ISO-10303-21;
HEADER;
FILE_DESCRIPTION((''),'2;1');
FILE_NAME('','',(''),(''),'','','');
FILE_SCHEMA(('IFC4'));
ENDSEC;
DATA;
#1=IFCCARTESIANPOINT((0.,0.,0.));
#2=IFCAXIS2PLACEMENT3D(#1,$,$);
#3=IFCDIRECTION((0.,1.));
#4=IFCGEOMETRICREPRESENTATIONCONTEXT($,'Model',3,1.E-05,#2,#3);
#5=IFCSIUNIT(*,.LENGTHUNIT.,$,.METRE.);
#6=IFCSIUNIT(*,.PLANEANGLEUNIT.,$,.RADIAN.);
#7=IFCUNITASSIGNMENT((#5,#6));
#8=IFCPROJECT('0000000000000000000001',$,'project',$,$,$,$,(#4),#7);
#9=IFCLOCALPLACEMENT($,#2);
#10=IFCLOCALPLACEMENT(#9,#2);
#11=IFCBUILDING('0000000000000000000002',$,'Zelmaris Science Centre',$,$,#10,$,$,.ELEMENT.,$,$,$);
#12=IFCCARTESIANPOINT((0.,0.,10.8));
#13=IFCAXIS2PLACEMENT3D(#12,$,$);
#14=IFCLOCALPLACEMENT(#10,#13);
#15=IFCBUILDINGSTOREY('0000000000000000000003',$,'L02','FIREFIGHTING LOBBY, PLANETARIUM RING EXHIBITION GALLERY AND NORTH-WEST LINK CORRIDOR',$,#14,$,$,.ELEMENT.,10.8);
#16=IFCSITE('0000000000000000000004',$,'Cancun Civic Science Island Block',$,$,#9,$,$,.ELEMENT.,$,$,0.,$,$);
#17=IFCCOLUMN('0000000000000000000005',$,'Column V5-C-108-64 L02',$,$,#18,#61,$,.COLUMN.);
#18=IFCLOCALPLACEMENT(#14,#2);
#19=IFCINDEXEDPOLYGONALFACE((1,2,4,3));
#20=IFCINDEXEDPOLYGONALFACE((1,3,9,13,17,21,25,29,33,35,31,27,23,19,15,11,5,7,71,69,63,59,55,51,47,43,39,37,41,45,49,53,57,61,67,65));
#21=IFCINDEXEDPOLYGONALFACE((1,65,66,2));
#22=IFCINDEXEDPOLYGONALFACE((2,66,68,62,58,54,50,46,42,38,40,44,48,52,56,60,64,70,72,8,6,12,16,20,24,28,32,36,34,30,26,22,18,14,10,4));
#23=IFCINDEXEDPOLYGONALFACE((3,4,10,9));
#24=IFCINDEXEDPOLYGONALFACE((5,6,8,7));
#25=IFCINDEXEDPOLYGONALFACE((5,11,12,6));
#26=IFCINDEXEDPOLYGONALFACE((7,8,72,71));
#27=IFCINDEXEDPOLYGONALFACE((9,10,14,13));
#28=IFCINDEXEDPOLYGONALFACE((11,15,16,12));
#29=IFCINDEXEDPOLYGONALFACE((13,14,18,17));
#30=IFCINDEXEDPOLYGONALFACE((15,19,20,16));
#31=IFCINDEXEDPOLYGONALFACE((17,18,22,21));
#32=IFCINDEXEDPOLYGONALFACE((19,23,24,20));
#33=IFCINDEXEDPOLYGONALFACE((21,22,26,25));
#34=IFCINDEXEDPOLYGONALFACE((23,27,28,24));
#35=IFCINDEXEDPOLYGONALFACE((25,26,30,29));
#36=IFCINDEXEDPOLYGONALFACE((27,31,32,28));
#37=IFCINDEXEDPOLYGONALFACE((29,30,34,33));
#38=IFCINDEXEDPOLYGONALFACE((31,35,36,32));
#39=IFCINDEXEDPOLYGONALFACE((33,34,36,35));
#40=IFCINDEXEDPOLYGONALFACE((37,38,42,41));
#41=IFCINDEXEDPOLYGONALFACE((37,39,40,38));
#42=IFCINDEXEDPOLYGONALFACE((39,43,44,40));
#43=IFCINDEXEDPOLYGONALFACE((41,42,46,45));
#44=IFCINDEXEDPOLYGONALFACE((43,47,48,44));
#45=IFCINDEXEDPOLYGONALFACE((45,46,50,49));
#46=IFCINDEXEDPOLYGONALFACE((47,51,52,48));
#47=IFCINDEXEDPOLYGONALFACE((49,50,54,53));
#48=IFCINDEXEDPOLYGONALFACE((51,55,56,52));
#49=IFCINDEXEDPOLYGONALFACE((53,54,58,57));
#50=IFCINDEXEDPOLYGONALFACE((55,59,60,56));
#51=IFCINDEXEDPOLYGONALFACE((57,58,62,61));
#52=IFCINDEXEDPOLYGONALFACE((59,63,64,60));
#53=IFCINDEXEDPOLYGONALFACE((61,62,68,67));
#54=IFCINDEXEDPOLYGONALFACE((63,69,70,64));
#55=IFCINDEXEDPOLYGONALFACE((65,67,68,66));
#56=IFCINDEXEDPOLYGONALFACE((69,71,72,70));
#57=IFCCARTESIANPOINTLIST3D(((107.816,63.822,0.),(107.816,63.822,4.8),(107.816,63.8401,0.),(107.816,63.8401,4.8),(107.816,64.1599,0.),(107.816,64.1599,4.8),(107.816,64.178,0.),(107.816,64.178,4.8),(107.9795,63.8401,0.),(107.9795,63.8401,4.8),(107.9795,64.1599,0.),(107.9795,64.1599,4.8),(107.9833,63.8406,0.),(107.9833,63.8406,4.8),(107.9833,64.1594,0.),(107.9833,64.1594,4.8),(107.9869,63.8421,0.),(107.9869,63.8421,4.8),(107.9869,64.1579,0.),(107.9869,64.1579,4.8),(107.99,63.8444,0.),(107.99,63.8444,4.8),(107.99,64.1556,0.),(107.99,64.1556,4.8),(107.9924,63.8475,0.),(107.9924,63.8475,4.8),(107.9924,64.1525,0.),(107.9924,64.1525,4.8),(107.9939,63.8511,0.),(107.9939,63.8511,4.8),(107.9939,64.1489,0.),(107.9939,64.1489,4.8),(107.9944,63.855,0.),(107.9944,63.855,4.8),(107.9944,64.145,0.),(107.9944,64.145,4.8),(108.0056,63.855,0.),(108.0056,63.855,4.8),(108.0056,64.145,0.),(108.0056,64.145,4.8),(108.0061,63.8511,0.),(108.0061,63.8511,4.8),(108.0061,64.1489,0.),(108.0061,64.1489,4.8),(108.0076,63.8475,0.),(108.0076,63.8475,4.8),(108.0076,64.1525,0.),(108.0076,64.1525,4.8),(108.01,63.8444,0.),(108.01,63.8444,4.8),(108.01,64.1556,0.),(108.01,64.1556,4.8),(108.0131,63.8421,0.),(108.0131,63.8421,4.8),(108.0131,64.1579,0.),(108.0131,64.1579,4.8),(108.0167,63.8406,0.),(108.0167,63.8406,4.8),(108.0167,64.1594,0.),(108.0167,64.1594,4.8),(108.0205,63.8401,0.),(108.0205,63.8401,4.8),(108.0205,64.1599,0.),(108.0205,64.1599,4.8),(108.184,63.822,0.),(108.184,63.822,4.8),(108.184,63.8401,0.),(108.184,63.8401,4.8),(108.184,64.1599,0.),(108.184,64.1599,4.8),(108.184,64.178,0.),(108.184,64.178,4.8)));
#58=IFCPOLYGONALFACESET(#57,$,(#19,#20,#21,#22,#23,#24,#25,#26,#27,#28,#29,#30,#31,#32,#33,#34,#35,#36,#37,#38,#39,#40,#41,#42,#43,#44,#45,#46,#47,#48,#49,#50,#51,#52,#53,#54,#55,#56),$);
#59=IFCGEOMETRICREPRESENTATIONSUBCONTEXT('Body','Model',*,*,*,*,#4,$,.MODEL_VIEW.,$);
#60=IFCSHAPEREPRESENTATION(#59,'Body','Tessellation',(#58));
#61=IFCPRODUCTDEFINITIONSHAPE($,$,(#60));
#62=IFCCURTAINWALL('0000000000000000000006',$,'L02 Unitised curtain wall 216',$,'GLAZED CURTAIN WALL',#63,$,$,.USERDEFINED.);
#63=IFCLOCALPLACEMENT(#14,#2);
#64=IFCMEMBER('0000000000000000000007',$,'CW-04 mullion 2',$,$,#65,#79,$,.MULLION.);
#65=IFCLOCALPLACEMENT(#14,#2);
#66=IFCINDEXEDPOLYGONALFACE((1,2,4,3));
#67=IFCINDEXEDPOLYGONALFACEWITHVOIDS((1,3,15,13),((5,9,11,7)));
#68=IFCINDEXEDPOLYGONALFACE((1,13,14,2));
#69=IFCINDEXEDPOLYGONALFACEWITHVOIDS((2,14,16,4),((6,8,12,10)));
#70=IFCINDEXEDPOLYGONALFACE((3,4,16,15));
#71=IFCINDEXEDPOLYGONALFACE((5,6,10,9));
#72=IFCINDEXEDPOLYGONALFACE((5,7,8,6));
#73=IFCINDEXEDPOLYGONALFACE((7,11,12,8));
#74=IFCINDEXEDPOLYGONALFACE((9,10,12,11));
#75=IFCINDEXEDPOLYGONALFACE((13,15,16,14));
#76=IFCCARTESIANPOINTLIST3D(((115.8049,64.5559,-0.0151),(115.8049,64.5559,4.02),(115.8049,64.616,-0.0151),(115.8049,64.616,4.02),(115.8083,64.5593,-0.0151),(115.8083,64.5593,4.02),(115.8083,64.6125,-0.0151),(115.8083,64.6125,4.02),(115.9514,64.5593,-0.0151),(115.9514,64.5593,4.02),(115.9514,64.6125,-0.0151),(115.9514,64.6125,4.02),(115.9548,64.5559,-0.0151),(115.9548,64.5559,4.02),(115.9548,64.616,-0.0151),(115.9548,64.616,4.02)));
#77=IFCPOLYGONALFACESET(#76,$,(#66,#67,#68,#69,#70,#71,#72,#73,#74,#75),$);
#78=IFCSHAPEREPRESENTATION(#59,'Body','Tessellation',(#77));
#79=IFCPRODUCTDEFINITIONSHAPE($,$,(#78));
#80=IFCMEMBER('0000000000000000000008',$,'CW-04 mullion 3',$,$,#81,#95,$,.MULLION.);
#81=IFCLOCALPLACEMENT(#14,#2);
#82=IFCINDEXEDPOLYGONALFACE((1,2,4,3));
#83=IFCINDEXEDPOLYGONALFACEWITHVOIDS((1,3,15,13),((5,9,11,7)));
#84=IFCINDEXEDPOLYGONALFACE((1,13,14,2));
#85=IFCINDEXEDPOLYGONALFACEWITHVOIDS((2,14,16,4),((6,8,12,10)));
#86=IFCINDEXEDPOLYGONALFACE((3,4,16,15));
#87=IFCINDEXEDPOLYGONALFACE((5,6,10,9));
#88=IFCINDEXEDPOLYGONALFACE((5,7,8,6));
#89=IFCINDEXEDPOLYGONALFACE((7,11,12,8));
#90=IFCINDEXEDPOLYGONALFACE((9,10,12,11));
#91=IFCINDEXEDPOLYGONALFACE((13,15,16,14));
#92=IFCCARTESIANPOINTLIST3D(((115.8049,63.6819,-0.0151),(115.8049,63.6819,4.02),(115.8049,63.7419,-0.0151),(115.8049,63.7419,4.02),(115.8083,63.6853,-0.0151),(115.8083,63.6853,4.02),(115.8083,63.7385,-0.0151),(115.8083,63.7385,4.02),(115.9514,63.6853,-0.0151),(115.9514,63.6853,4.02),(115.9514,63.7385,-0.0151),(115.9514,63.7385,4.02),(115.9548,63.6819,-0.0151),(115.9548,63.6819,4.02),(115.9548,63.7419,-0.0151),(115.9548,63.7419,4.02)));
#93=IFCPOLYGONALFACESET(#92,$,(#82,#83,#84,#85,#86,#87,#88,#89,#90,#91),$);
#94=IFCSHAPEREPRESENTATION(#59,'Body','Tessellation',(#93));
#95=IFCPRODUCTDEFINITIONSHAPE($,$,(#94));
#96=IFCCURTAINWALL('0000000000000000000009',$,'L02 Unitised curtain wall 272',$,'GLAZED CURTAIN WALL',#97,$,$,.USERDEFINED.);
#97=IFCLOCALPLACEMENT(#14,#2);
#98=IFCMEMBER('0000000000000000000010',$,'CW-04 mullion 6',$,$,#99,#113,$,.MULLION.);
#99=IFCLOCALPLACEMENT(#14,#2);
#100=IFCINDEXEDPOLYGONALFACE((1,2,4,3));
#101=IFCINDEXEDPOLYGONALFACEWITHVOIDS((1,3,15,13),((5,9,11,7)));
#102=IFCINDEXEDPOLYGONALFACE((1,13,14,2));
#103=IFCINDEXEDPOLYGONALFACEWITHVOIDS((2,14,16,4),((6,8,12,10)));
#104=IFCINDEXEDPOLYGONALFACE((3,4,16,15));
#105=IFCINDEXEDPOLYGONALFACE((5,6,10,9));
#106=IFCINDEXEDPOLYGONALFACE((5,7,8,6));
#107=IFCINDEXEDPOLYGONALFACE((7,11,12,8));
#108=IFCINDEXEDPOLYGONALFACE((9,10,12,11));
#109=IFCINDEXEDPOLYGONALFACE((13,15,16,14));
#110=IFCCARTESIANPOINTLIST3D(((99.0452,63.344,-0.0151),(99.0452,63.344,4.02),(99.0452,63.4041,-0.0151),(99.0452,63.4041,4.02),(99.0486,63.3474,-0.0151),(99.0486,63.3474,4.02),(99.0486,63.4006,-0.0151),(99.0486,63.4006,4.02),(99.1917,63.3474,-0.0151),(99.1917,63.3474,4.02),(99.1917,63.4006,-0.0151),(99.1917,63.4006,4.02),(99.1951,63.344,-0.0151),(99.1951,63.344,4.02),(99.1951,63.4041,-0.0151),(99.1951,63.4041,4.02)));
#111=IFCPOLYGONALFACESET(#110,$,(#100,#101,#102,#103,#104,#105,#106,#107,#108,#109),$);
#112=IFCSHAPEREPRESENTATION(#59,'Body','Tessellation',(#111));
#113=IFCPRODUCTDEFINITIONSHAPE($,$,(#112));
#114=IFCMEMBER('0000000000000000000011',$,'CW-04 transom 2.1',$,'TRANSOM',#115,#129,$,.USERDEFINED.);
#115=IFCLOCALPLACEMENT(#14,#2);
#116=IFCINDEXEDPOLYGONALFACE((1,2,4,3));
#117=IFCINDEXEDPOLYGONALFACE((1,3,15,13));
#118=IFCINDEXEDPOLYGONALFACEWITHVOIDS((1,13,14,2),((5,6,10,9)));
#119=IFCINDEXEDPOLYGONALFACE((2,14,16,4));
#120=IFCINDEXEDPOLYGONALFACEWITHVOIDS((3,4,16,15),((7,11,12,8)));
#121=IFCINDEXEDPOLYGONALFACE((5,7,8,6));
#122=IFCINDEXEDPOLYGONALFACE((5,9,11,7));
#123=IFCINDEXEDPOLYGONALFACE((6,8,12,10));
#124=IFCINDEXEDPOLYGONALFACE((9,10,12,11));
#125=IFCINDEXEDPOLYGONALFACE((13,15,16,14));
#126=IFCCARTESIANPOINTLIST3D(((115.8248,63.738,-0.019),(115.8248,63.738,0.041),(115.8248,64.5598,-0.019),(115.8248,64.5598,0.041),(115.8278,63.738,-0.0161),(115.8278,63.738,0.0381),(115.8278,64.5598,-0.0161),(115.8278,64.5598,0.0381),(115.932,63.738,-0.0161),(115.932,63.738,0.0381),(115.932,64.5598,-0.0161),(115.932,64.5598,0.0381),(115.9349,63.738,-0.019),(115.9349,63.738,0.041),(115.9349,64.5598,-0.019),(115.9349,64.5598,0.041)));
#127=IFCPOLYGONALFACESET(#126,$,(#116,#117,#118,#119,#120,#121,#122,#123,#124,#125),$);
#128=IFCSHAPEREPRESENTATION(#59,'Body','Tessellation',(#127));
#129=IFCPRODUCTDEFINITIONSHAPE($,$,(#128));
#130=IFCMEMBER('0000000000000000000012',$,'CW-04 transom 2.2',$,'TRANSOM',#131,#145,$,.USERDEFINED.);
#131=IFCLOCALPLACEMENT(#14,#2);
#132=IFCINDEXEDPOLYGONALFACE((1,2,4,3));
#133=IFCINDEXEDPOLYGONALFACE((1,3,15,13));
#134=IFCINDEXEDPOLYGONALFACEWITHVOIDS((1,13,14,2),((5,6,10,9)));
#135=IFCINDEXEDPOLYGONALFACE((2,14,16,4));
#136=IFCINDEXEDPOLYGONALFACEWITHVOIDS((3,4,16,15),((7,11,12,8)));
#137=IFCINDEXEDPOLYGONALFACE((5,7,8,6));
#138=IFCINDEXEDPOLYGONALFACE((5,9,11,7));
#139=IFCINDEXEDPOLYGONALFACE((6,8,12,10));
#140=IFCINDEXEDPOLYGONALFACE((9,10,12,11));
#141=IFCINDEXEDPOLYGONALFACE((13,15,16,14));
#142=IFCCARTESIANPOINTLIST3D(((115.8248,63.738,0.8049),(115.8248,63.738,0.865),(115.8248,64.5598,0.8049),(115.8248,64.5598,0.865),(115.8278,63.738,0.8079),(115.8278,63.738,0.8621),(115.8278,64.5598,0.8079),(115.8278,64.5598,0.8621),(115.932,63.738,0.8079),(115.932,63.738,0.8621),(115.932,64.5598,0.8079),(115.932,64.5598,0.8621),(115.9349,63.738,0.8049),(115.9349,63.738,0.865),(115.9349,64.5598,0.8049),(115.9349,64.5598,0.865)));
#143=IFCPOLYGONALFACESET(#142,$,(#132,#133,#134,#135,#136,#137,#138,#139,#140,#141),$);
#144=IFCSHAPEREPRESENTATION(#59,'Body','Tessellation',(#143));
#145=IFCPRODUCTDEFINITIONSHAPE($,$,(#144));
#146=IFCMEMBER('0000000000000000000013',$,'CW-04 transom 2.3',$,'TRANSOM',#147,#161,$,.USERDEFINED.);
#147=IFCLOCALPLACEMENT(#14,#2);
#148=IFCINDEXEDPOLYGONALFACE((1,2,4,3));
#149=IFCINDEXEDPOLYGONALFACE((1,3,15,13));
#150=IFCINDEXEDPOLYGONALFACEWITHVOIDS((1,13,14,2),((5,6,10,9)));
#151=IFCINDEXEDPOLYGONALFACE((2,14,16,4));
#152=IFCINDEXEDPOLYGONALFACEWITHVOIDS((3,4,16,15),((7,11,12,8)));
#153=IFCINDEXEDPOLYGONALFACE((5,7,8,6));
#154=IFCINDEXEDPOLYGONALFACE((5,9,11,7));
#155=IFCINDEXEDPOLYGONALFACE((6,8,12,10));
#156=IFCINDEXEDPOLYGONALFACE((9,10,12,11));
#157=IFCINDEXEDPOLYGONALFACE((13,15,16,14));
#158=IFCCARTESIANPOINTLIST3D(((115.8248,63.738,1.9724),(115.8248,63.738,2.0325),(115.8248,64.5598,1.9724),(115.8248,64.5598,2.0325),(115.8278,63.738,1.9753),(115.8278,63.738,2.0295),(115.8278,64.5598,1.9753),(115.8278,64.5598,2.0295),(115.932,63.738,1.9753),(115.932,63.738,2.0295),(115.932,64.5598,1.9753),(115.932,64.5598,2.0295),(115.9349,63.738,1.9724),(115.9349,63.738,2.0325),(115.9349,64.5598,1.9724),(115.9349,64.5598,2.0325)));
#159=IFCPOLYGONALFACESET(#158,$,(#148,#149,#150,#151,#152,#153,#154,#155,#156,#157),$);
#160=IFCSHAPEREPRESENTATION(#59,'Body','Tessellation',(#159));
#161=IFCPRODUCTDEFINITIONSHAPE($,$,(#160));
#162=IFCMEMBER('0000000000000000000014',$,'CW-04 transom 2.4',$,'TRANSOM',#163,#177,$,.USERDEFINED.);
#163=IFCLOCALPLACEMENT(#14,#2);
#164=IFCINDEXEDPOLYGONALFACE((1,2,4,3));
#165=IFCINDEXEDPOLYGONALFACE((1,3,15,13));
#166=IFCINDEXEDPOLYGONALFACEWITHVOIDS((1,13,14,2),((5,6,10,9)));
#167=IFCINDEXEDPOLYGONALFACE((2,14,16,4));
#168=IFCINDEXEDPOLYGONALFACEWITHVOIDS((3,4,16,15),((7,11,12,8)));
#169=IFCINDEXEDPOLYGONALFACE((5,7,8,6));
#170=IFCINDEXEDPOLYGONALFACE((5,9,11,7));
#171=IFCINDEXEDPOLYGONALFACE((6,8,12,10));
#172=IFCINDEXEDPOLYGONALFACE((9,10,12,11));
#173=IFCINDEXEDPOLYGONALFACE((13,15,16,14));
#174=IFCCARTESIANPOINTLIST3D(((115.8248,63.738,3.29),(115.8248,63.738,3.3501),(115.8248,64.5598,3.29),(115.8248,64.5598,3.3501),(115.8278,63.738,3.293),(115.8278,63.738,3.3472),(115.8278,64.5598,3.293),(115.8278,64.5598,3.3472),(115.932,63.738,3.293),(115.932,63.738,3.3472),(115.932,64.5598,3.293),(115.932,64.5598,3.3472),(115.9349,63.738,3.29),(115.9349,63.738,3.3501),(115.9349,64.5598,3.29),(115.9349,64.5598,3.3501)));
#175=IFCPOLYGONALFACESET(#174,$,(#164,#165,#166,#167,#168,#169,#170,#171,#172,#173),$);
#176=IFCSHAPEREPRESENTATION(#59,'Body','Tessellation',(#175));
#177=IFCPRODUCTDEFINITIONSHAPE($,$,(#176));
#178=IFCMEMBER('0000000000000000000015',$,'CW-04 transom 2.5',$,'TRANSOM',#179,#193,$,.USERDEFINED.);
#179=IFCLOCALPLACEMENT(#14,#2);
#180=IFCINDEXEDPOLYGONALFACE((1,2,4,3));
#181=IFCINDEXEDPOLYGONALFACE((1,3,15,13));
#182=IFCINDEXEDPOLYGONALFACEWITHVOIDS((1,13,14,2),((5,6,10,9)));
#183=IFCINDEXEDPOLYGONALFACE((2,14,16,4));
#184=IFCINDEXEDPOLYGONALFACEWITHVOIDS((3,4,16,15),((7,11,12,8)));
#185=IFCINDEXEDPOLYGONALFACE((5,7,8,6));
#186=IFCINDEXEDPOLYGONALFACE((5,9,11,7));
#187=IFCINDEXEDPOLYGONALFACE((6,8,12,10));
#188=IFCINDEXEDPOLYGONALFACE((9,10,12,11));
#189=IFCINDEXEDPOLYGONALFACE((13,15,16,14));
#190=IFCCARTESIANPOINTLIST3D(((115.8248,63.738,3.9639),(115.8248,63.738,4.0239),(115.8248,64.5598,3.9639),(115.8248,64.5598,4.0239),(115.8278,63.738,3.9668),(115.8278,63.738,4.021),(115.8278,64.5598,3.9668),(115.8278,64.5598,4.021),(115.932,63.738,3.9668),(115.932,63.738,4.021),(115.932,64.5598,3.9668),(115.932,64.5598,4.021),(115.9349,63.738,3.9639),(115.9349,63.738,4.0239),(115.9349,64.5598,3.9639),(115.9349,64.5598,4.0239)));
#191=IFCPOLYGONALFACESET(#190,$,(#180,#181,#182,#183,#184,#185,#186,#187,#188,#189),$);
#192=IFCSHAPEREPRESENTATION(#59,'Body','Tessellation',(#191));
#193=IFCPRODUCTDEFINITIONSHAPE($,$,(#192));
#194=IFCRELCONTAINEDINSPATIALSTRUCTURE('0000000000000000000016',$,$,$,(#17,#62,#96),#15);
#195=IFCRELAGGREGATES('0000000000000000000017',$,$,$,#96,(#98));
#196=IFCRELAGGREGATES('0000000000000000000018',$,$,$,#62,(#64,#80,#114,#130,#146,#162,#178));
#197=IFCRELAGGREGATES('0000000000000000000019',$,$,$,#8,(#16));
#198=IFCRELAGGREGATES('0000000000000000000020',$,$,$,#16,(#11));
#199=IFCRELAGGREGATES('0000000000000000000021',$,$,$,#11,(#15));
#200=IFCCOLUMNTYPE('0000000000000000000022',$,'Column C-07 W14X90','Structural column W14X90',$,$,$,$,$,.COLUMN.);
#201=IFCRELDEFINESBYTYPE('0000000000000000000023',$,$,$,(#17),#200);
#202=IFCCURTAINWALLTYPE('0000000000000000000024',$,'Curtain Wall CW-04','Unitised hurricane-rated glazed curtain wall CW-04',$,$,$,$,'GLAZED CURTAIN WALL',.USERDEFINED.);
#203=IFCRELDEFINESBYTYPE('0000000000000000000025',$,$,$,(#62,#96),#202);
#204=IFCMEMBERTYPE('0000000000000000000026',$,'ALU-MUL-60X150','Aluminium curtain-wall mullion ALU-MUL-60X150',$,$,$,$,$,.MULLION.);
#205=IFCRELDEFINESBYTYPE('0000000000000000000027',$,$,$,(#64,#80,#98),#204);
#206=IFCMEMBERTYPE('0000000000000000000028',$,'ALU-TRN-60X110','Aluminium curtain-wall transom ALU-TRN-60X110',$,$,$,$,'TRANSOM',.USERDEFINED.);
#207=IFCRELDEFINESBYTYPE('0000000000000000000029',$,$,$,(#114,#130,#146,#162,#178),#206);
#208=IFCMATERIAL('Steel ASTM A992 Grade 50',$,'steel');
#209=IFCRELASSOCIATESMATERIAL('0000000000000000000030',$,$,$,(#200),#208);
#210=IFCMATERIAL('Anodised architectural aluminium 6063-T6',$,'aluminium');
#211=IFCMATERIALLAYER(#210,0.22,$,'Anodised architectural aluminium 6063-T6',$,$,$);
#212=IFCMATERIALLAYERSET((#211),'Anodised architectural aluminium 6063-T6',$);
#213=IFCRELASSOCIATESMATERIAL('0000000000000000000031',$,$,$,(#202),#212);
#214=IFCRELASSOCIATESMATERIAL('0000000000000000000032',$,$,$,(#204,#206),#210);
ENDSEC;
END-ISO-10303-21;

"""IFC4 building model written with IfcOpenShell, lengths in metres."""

from ifc_helpers import new_model, si_unit, direction, frame, origin, origin_2d, place, context, subcontext, project, spatial, hollow_rectangle, i_section, extrude, material, layer, layer_set, material_profile, profile_set, type_object, element, aggregate, save


model = new_model("IFC4")

# Units and contexts
model_context = context("Model", 3, precision=1e-05, world=origin(), true_north=direction((0.0, 1.0)))
body_context = subcontext(model_context, "Body", "Model", "MODEL_VIEW")
ifc_project = project(units=[si_unit("LENGTHUNIT", "METRE"), si_unit("PLANEANGLEUNIT", "RADIAN")], contexts=[model_context])

# Site, building, storey
site_placement = place(None, origin())
site = spatial("IfcSite", under=ifc_project, at=site_placement, Name="Cancun Civic Science Island Block", CompositionType="ELEMENT", RefElevation=0.0)
building_placement = place(site_placement, origin())
building = spatial("IfcBuilding", under=site, at=building_placement, Name="Zelmaris Science Centre", CompositionType="ELEMENT")
storey_placement = place(building_placement, frame((0.0, 0.0, 10.8)))
storey = spatial("IfcBuildingStorey", under=building, at=storey_placement, Name="L02", Description="FIREFIGHTING LOBBY, PLANETARIUM RING EXHIBITION GALLERY AND NORTH-WEST LINK CORRIDOR", CompositionType="ELEMENT", Elevation=10.8)

# Column
ifc_material_1 = material(Name="Steel ASTM A992 Grade 50", Category="steel")
ifc_material_profile_1 = material_profile(ifc_material_1, i_section(OverallWidth=0.3679, OverallDepth=0.356, WebThickness=0.0112, FlangeThickness=0.0181, FilletRadius=0.0149, at=origin_2d()), Name="W14X90")
ifc_profile_set_1 = profile_set([ifc_material_profile_1], Name="Steel ASTM A992 Grade 50")
column_type = type_object("IfcColumnType", Name="Column C-07 W14X90", Description="Structural column W14X90", PredefinedType="COLUMN", material=ifc_profile_set_1)
column_placement = place(storey_placement, frame((108.0, 64.0, 0.0), z_axis=(0.0, 0.0, 1.0), x_axis=(1.0, 0.0, 0.0)))
element("IfcColumn", 1, at=column_placement, inside=storey, type_object=column_type, Name="Column V5-C-108-64 L02", PredefinedType="COLUMN", context=body_context, shape_type="SweptSolid", body=[
    extrude(i_section(OverallWidth=0.3679, OverallDepth=0.356, WebThickness=0.0112, FlangeThickness=0.0181, FilletRadius=0.0149, at=origin_2d()), origin(), (0.0, 0.0, 1.0), 4.8),
])

# Curtain wall, members
ifc_material_2 = material(Name="Anodised architectural aluminium 6063-T6", Category="aluminium")
ifc_layer_1 = layer(ifc_material_2, 0.22, Name="Anodised architectural aluminium 6063-T6")
ifc_layer_set_1 = layer_set([ifc_layer_1], Name="Anodised architectural aluminium 6063-T6")
curtain_wall_type = type_object("IfcCurtainWallType", Name="Curtain Wall CW-04", Description="Unitised hurricane-rated glazed curtain wall CW-04", ElementType="GLAZED CURTAIN WALL", PredefinedType="USERDEFINED", material=ifc_layer_set_1)
curtain_wall_1_placement = place(storey_placement, origin())
curtain_wall_1 = element("IfcCurtainWall", 2, at=curtain_wall_1_placement, inside=storey, type_object=curtain_wall_type, Name="L02 Unitised curtain wall 216", ObjectType="GLAZED CURTAIN WALL", PredefinedType="USERDEFINED")
ifc_material_profile_2 = material_profile(ifc_material_2, hollow_rectangle(XDim=0.0601, YDim=0.1499, WallThickness=0.0034, at=origin_2d()), Name="ALU-MUL-60X150")
ifc_profile_set_2 = profile_set([ifc_material_profile_2], Name="Anodised architectural aluminium 6063-T6")
member_type_1 = type_object("IfcMemberType", Name="ALU-MUL-60X150", Description="Aluminium curtain-wall mullion ALU-MUL-60X150", PredefinedType="MULLION", material=ifc_profile_set_2)
member_1_placement = place(storey_placement, frame((115.8799, 64.5859, -0.0151), z_axis=(0.0, 0.0, 1.0), x_axis=(0.000007, -1.0, 0.0)))
member_1 = element("IfcMember", 3, at=member_1_placement, type_object=member_type_1, Name="CW-04 mullion 2", PredefinedType="MULLION", context=body_context, shape_type="SweptSolid", body=[
    extrude(hollow_rectangle(XDim=0.0601, YDim=0.1499, WallThickness=0.0034, at=origin_2d()), origin(), (0.0, 0.0, 1.0), 4.0352),
])
member_2_placement = place(storey_placement, frame((115.8799, 63.7119, -0.0151), z_axis=(0.0, 0.0, 1.0), x_axis=(0.000007, -1.0, 0.0)))
member_2 = element("IfcMember", 4, at=member_2_placement, type_object=member_type_1, Name="CW-04 mullion 3", PredefinedType="MULLION", context=body_context, shape_type="SweptSolid", body=[
    extrude(hollow_rectangle(XDim=0.0601, YDim=0.1499, WallThickness=0.0034, at=origin_2d()), origin(), (0.0, 0.0, 1.0), 4.0352),
])

# Curtain wall, member
curtain_wall_2_placement = place(storey_placement, origin())
curtain_wall_2 = element("IfcCurtainWall", 5, at=curtain_wall_2_placement, inside=storey, type_object=curtain_wall_type, Name="L02 Unitised curtain wall 272", ObjectType="GLAZED CURTAIN WALL", PredefinedType="USERDEFINED")
member_3_placement = place(storey_placement, frame((99.1201, 63.374, -0.0151), z_axis=(0.0, 0.0, 1.0), x_axis=(-0.000005, 1.0, 0.0)))
member_3 = element("IfcMember", 6, at=member_3_placement, type_object=member_type_1, Name="CW-04 mullion 6", PredefinedType="MULLION", context=body_context, shape_type="SweptSolid", body=[
    extrude(hollow_rectangle(XDim=0.0601, YDim=0.1499, WallThickness=0.0034, at=origin_2d()), origin(), (0.0, 0.0, 1.0), 4.0352),
])
aggregate(curtain_wall_2, [member_3])

# Members
ifc_material_profile_3 = material_profile(ifc_material_2, hollow_rectangle(XDim=0.0601, YDim=0.1101, WallThickness=0.0029, at=origin_2d()), Name="ALU-TRN-60X110")
ifc_profile_set_3 = profile_set([ifc_material_profile_3], Name="Anodised architectural aluminium 6063-T6")
member_type_2 = type_object("IfcMemberType", Name="ALU-TRN-60X110", Description="Aluminium curtain-wall transom ALU-TRN-60X110", ElementType="TRANSOM", PredefinedType="USERDEFINED", material=ifc_profile_set_3)
member_4_placement = place(storey_placement, frame((115.8799, 64.5598, 0.011), z_axis=(0.0, -1.0, 0.0), x_axis=(0.0, 0.0, 1.0)))
member_4 = element("IfcMember", 7, at=member_4_placement, type_object=member_type_2, Name="CW-04 transom 2.1", ObjectType="TRANSOM", PredefinedType="USERDEFINED", context=body_context, shape_type="SweptSolid", body=[
    extrude(hollow_rectangle(XDim=0.0601, YDim=0.1101, WallThickness=0.0029, at=origin_2d()), origin(), (0.0, 0.0, 1.0), 0.8218),
])
member_5_placement = place(storey_placement, frame((115.8799, 64.5598, 0.835), z_axis=(0.0, -1.0, 0.0), x_axis=(0.0, 0.0, 1.0)))
member_5 = element("IfcMember", 8, at=member_5_placement, type_object=member_type_2, Name="CW-04 transom 2.2", ObjectType="TRANSOM", PredefinedType="USERDEFINED", context=body_context, shape_type="SweptSolid", body=[
    extrude(hollow_rectangle(XDim=0.0601, YDim=0.1101, WallThickness=0.0029, at=origin_2d()), origin(), (0.0, 0.0, 1.0), 0.8218),
])
member_6_placement = place(storey_placement, frame((115.8799, 64.5598, 2.0024), z_axis=(0.0, -1.0, 0.0), x_axis=(0.0, 0.0, 1.0)))
member_6 = element("IfcMember", 9, at=member_6_placement, type_object=member_type_2, Name="CW-04 transom 2.3", ObjectType="TRANSOM", PredefinedType="USERDEFINED", context=body_context, shape_type="SweptSolid", body=[
    extrude(hollow_rectangle(XDim=0.0601, YDim=0.1101, WallThickness=0.0029, at=origin_2d()), origin(), (0.0, 0.0, 1.0), 0.8218),
])
member_7_placement = place(storey_placement, frame((115.8799, 64.5598, 3.3201), z_axis=(0.0, -1.0, 0.0), x_axis=(0.0, 0.0, 1.0)))
member_7 = element("IfcMember", 10, at=member_7_placement, type_object=member_type_2, Name="CW-04 transom 2.4", ObjectType="TRANSOM", PredefinedType="USERDEFINED", context=body_context, shape_type="SweptSolid", body=[
    extrude(hollow_rectangle(XDim=0.0601, YDim=0.1101, WallThickness=0.0029, at=origin_2d()), origin(), (0.0, 0.0, 1.0), 0.8218),
])
member_8_placement = place(storey_placement, frame((115.8799, 64.5598, 3.9939), z_axis=(0.0, -1.0, 0.0), x_axis=(0.0, 0.0, 1.0)))
member_8 = element("IfcMember", 11, at=member_8_placement, type_object=member_type_2, Name="CW-04 transom 2.5", ObjectType="TRANSOM", PredefinedType="USERDEFINED", context=body_context, shape_type="SweptSolid", body=[
    extrude(hollow_rectangle(XDim=0.0601, YDim=0.1101, WallThickness=0.0029, at=origin_2d()), origin(), (0.0, 0.0, 1.0), 0.8218),
])

aggregate(curtain_wall_1, [member_1, member_2, member_4, member_5, member_6, member_7, member_8])

save(model, "model.ifc")
